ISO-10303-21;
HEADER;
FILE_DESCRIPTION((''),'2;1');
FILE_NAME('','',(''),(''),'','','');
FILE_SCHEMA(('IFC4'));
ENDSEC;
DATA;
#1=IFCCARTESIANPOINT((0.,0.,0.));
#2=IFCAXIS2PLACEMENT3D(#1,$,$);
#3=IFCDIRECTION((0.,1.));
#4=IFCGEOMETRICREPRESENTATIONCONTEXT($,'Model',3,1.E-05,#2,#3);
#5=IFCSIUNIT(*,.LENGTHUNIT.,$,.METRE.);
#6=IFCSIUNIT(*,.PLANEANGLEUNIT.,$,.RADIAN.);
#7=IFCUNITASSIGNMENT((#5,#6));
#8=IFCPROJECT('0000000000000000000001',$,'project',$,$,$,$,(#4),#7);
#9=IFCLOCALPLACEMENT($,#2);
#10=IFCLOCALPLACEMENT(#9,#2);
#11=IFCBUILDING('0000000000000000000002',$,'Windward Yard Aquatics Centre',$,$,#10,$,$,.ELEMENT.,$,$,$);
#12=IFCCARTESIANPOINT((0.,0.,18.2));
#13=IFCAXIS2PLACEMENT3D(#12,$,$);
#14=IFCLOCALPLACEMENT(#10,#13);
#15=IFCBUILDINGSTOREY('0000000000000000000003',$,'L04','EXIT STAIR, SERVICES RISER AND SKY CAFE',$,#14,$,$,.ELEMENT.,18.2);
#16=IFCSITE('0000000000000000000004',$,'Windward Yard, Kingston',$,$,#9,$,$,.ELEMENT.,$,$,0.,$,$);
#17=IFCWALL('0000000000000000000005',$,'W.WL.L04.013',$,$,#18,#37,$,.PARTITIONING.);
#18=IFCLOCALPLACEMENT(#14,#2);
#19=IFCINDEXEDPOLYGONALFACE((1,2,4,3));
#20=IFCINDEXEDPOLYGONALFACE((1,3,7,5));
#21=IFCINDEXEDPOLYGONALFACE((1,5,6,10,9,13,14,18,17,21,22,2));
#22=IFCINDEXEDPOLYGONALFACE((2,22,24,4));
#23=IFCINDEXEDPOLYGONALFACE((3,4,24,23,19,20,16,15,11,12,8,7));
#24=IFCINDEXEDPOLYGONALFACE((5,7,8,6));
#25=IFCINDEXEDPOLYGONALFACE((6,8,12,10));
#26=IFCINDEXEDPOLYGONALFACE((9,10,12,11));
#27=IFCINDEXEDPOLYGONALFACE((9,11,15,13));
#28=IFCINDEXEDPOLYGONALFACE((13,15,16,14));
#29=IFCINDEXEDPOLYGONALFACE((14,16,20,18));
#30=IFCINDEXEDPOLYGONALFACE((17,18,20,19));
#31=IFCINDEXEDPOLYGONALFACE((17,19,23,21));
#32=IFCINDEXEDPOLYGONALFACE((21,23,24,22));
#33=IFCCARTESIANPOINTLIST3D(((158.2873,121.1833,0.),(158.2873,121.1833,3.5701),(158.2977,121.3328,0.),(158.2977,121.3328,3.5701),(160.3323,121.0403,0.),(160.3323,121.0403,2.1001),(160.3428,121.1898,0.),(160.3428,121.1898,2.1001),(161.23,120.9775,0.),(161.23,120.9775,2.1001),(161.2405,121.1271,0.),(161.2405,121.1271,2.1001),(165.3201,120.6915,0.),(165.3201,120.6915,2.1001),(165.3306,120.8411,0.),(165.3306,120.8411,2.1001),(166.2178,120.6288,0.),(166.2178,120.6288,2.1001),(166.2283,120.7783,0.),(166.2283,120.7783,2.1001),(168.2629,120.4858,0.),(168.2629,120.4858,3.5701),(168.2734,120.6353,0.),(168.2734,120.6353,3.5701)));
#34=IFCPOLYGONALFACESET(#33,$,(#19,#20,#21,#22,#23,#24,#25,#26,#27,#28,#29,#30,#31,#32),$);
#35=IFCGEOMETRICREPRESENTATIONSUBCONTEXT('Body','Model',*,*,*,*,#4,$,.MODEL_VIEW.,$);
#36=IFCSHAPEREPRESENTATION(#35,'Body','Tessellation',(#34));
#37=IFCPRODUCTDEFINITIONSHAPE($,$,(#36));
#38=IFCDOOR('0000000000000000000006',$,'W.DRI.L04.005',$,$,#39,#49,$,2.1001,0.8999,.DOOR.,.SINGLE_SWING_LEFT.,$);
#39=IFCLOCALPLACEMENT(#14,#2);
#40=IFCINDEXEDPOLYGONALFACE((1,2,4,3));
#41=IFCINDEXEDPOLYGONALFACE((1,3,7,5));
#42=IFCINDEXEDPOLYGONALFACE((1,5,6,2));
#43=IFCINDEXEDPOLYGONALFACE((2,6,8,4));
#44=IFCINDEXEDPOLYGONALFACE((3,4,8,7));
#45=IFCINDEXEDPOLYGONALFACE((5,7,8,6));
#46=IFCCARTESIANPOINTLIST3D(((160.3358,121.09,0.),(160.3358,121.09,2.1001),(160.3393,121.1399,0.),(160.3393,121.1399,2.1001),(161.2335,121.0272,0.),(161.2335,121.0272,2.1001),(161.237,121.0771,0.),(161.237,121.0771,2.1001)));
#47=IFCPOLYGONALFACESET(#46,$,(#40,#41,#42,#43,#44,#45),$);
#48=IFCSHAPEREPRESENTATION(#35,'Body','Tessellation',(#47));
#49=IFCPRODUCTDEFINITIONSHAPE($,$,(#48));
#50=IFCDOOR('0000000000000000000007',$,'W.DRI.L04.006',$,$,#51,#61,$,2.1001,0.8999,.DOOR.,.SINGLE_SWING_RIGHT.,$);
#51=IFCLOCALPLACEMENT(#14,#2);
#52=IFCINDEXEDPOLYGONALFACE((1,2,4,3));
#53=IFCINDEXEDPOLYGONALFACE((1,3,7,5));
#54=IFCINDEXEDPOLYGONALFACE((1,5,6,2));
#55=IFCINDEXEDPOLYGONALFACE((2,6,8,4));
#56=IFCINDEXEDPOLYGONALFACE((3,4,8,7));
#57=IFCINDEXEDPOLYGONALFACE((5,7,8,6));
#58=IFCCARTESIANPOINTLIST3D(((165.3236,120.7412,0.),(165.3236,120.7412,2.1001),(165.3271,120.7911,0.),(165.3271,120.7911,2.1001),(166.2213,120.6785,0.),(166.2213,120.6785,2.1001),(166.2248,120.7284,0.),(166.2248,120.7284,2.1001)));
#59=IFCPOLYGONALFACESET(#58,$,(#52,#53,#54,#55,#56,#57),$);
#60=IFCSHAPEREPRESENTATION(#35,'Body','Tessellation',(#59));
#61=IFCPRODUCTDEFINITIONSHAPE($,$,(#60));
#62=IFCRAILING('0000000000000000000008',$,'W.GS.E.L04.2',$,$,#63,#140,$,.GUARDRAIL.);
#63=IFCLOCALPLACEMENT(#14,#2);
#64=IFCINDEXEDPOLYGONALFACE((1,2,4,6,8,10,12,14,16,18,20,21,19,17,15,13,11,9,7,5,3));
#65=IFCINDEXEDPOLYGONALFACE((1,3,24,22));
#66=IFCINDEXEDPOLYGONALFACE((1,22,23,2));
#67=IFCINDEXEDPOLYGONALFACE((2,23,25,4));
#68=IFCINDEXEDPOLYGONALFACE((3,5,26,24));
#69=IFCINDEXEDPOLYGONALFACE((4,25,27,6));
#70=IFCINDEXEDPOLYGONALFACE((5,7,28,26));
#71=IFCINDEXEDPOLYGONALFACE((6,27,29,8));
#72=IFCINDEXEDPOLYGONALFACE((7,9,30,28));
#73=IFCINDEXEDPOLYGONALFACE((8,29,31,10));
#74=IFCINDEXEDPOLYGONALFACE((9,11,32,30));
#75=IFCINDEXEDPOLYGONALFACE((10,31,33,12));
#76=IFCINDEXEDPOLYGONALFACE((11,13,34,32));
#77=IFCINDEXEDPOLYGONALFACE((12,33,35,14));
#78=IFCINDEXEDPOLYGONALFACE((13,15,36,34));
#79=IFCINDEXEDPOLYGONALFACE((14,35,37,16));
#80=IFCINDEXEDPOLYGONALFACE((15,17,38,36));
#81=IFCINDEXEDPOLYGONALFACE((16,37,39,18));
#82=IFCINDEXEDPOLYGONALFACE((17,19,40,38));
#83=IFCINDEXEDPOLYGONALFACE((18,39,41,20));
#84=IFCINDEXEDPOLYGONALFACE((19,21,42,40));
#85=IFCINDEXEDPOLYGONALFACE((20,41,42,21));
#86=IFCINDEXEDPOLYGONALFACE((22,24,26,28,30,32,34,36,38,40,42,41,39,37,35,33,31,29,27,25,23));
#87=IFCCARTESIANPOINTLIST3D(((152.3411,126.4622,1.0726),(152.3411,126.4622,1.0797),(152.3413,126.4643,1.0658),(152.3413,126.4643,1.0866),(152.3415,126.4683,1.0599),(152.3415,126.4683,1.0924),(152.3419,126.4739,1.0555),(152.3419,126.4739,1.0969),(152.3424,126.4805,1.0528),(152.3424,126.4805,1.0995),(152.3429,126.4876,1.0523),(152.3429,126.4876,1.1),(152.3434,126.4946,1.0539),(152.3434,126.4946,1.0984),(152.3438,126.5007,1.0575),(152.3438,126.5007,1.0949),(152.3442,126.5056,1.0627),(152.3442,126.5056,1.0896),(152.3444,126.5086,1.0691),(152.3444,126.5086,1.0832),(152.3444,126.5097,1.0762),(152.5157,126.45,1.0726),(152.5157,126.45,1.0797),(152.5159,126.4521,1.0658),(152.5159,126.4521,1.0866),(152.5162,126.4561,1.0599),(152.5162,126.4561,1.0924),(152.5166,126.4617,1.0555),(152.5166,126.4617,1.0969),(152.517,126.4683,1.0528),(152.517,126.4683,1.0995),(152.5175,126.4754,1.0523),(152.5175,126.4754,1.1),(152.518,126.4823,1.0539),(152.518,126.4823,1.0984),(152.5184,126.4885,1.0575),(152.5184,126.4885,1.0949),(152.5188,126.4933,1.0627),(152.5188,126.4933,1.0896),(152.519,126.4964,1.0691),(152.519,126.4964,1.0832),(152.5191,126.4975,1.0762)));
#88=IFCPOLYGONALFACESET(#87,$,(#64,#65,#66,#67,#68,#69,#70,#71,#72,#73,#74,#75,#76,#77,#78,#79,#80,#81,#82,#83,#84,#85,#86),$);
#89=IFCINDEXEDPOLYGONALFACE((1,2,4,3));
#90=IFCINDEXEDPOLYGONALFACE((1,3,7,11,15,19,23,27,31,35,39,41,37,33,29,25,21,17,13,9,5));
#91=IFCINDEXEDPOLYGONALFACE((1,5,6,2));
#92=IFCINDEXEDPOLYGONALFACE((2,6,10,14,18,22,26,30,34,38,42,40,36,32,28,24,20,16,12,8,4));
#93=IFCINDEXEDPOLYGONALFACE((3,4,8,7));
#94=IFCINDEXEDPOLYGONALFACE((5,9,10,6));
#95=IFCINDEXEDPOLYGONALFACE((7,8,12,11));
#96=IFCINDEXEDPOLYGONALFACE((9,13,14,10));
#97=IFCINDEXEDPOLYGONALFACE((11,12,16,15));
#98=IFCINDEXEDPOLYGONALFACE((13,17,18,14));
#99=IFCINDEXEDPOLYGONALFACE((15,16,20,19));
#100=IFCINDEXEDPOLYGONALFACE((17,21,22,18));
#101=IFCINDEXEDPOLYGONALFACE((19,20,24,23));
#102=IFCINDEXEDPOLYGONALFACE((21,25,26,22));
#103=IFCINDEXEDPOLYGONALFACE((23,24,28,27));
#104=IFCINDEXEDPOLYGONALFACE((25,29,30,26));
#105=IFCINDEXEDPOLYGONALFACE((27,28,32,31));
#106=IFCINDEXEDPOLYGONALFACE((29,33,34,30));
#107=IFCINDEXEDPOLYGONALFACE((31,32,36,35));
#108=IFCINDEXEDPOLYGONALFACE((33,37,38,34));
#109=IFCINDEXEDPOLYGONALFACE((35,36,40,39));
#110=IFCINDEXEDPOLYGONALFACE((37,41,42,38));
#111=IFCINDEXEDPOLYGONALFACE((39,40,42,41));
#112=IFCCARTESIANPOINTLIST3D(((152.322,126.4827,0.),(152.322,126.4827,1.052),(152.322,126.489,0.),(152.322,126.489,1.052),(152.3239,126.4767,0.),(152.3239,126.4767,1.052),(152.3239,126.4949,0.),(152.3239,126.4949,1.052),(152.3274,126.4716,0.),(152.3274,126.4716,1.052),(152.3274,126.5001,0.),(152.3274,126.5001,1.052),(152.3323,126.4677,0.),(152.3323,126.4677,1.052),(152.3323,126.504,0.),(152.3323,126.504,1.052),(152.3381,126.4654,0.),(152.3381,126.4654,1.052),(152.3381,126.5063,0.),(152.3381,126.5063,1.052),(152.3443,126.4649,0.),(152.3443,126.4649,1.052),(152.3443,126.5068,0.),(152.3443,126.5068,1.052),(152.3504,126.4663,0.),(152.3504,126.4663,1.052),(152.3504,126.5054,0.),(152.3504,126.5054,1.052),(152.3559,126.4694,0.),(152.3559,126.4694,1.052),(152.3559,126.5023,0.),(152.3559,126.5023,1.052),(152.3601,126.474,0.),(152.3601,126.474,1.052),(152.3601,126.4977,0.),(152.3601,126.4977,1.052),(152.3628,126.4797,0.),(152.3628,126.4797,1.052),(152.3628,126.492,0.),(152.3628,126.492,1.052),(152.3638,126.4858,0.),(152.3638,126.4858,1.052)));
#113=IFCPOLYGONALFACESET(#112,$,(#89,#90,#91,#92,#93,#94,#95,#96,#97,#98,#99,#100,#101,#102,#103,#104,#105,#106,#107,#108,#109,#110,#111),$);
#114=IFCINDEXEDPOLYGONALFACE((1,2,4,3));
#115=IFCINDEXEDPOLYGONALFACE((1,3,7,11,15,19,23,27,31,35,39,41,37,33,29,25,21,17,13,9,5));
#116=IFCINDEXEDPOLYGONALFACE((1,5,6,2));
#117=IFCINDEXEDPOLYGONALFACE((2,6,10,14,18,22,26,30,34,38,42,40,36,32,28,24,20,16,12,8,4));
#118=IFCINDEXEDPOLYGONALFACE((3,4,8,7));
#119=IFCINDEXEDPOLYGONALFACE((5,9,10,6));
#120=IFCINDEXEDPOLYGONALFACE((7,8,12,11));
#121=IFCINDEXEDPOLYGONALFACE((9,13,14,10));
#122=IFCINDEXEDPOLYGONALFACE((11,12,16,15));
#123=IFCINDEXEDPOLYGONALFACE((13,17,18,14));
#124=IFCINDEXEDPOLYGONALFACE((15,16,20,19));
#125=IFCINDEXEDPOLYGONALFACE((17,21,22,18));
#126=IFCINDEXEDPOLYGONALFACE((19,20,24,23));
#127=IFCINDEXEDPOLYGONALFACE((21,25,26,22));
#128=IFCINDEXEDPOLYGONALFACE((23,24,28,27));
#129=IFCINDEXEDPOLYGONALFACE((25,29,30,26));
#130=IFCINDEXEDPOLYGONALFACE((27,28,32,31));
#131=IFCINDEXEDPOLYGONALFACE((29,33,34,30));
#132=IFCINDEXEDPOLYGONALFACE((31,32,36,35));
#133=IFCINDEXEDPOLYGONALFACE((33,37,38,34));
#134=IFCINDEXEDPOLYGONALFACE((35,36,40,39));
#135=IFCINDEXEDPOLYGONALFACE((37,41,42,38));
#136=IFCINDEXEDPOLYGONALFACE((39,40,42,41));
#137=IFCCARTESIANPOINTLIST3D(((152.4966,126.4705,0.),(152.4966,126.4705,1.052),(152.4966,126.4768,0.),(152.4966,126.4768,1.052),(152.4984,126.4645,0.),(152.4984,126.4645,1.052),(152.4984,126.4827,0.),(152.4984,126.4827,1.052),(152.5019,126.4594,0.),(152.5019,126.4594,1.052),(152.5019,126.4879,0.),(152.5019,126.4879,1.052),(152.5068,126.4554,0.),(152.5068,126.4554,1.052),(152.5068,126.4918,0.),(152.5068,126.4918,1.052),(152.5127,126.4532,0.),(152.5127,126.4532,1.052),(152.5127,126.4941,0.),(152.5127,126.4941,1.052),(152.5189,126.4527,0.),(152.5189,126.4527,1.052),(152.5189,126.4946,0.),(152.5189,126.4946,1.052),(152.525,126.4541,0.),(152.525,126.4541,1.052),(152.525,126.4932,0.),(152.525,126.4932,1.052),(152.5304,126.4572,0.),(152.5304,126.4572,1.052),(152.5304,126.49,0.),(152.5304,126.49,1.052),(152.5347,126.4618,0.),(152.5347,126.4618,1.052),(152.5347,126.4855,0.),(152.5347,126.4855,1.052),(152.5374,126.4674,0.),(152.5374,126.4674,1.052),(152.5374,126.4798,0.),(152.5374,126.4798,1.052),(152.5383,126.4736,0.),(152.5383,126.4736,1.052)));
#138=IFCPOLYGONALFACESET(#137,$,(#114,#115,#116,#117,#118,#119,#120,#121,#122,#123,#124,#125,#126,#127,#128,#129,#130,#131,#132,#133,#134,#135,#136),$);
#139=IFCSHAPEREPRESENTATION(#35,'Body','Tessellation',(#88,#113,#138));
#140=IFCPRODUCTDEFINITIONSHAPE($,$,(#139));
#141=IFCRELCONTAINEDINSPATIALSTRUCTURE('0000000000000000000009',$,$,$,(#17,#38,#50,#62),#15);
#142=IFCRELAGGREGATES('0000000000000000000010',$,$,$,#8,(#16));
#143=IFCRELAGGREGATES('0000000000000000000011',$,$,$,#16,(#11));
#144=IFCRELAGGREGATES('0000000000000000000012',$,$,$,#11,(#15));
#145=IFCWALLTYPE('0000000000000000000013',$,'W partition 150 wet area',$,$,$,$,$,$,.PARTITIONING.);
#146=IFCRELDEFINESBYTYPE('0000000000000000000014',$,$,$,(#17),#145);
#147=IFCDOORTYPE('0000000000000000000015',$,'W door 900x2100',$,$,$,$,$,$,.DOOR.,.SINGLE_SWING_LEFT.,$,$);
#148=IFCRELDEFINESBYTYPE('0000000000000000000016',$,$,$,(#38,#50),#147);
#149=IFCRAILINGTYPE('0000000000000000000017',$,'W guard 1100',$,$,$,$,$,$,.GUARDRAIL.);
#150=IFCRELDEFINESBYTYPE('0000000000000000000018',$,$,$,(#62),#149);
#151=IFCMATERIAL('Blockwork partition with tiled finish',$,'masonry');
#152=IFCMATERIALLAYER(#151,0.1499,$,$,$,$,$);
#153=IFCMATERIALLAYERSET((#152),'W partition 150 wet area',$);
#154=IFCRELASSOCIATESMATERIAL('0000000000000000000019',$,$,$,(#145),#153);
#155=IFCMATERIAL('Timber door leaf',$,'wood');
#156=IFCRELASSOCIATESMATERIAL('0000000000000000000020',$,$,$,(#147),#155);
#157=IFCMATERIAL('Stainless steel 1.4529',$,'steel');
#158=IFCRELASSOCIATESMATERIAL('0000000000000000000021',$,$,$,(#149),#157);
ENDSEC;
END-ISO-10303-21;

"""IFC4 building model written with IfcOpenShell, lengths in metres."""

from ifc_helpers import new_model, si_unit, direction, frame, frame_2d, origin, origin_2d, place, context, subcontext, project, spatial, rectangle, circle, extrude, material, layer, layer_set, type_object, element, fill, save


model = new_model("IFC4")

# Units and contexts
model_context = context("Model", 3, precision=1e-05, world=origin(), true_north=direction((0.0, 1.0)))
body_context = subcontext(model_context, "Body", "Model", "MODEL_VIEW")
ifc_project = project(units=[si_unit("LENGTHUNIT", "METRE"), si_unit("PLANEANGLEUNIT", "RADIAN")], contexts=[model_context])

# Site, building, storey
site_placement = place(None, origin())
site = spatial("IfcSite", under=ifc_project, at=site_placement, Name="Windward Yard, Kingston", CompositionType="ELEMENT", RefElevation=0.0)
building_placement = place(site_placement, origin())
building = spatial("IfcBuilding", under=site, at=building_placement, Name="Windward Yard Aquatics Centre", CompositionType="ELEMENT")
storey_placement = place(building_placement, frame((0.0, 0.0, 18.2)))
storey = spatial("IfcBuildingStorey", under=building, at=storey_placement, Name="L04", Description="EXIT STAIR, SERVICES RISER AND SKY CAFE", CompositionType="ELEMENT", Elevation=18.2)

# Shared definitions
ifc_material_1 = material(Name="Timber door leaf", Category="wood")

# Wall, openings, doors
ifc_material_2 = material(Name="Blockwork partition with tiled finish", Category="masonry")
ifc_layer_1 = layer(ifc_material_2, 0.1499)
ifc_layer_set_1 = layer_set([ifc_layer_1], Name="W partition 150 wet area")
wall_type_1 = type_object("IfcWallType", Name="W partition 150 wet area", PredefinedType="PARTITIONING", material=ifc_layer_set_1)
wall_1_placement = place(storey_placement, frame((158.2925, 121.2581, 0.0), z_axis=(0.0, 0.0, 1.0), x_axis=(0.997564, -0.069751, 0.0)))
wall_1 = element("IfcWall", 1, at=wall_1_placement, inside=storey, type_object=wall_type_1, Name="W.WL.L04.013", PredefinedType="PARTITIONING", context=body_context, shape_type="SweptSolid", body=[
    extrude(rectangle(XDim=10.0, YDim=0.1499, at=frame_2d((5.0, 0.0))), origin(), (0.0, 0.0, 1.0), 3.5701),
])
opening_1_placement = place(wall_1_placement, frame((2.05, 0.0, 0.0)))
opening_1 = element("IfcOpeningElement", 2, at=opening_1_placement, cuts=wall_1, PredefinedType="OPENING", context=body_context, shape_type="SweptSolid", body=[
    extrude(rectangle(XDim=0.8999, YDim=2.1001, at=frame_2d((0.45, 1.05))), frame((0.0, 0.085, 0.0), z_axis=(0.0, -1.0, 0.0), x_axis=(1.0, 0.0, 0.0)), (0.0, 0.0, 1.0), 0.1699),
])
opening_2_placement = place(wall_1_placement, frame((7.05, 0.0, 0.0)))
opening_2 = element("IfcOpeningElement", 3, at=opening_2_placement, cuts=wall_1, PredefinedType="OPENING", context=body_context, shape_type="SweptSolid", body=[
    extrude(rectangle(XDim=0.8999, YDim=2.1001, at=frame_2d((0.45, 1.05))), frame((0.0, 0.085, 0.0), z_axis=(0.0, -1.0, 0.0), x_axis=(1.0, 0.0, 0.0)), (0.0, 0.0, 1.0), 0.1699),
])
door_type_1 = type_object("IfcDoorType", Name="W door 900x2100", OperationType="SINGLE_SWING_LEFT", PredefinedType="DOOR", material=ifc_material_1)
door_1_placement = place(opening_1_placement, origin())
door_1 = element("IfcDoor", 4, at=door_1_placement, inside=storey, type_object=door_type_1, Name="W.DRI.L04.005", OperationType="SINGLE_SWING_LEFT", OverallHeight=2.1001, OverallWidth=0.8999, PredefinedType="DOOR", context=body_context, shape_type="SweptSolid", body=[
    extrude(rectangle(XDim=0.8999, YDim=2.1001, at=frame_2d((0.45, 1.05))), frame((0.0, 0.0249, 0.0), z_axis=(0.0, -1.0, 0.0), x_axis=(1.0, 0.0, 0.0)), (0.0, 0.0, 1.0), 0.05),
])
fill(opening_1, door_1)
door_2_placement = place(opening_2_placement, origin())
door_2 = element("IfcDoor", 5, at=door_2_placement, inside=storey, type_object=door_type_1, Name="W.DRI.L04.006", OperationType="SINGLE_SWING_RIGHT", OverallHeight=2.1001, OverallWidth=0.8999, PredefinedType="DOOR", context=body_context, shape_type="SweptSolid", body=[
    extrude(rectangle(XDim=0.8999, YDim=2.1001, at=frame_2d((0.45, 1.05))), frame((0.0, 0.0249, 0.0), z_axis=(0.0, -1.0, 0.0), x_axis=(1.0, 0.0, 0.0)), (0.0, 0.0, 1.0), 0.05),
])
fill(opening_2, door_2)

# Railing
ifc_material_3 = material(Name="Stainless steel 1.4529", Category="steel")
railing_type_1 = type_object("IfcRailingType", Name="W guard 1100", PredefinedType="GUARDRAIL", material=ifc_material_3)
railing_1_placement = place(storey_placement, frame((152.3428, 126.4858, 0.0)))
element("IfcRailing", 6, at=railing_1_placement, inside=storey, type_object=railing_type_1, Name="W.GS.E.L04.2", PredefinedType="GUARDRAIL", context=body_context, shape_type="SweptSolid", body=[
    extrude(circle(Radius=0.0239, at=origin_2d()), frame((0.0, 0.0, 1.0762), z_axis=(0.997564, -0.06976, 0.0), x_axis=(0.06976, 0.997564, 0.0)), (0.0, 0.0, 1.0), 0.175),
    extrude(circle(Radius=0.021, at=origin_2d()), origin(), (0.0, 0.0, 1.0), 1.052),
    extrude(circle(Radius=0.021, at=origin_2d()), frame((0.1746, -0.0122, 0.0)), (0.0, 0.0, 1.0), 1.052),
])

save(model, "model.ifc")
